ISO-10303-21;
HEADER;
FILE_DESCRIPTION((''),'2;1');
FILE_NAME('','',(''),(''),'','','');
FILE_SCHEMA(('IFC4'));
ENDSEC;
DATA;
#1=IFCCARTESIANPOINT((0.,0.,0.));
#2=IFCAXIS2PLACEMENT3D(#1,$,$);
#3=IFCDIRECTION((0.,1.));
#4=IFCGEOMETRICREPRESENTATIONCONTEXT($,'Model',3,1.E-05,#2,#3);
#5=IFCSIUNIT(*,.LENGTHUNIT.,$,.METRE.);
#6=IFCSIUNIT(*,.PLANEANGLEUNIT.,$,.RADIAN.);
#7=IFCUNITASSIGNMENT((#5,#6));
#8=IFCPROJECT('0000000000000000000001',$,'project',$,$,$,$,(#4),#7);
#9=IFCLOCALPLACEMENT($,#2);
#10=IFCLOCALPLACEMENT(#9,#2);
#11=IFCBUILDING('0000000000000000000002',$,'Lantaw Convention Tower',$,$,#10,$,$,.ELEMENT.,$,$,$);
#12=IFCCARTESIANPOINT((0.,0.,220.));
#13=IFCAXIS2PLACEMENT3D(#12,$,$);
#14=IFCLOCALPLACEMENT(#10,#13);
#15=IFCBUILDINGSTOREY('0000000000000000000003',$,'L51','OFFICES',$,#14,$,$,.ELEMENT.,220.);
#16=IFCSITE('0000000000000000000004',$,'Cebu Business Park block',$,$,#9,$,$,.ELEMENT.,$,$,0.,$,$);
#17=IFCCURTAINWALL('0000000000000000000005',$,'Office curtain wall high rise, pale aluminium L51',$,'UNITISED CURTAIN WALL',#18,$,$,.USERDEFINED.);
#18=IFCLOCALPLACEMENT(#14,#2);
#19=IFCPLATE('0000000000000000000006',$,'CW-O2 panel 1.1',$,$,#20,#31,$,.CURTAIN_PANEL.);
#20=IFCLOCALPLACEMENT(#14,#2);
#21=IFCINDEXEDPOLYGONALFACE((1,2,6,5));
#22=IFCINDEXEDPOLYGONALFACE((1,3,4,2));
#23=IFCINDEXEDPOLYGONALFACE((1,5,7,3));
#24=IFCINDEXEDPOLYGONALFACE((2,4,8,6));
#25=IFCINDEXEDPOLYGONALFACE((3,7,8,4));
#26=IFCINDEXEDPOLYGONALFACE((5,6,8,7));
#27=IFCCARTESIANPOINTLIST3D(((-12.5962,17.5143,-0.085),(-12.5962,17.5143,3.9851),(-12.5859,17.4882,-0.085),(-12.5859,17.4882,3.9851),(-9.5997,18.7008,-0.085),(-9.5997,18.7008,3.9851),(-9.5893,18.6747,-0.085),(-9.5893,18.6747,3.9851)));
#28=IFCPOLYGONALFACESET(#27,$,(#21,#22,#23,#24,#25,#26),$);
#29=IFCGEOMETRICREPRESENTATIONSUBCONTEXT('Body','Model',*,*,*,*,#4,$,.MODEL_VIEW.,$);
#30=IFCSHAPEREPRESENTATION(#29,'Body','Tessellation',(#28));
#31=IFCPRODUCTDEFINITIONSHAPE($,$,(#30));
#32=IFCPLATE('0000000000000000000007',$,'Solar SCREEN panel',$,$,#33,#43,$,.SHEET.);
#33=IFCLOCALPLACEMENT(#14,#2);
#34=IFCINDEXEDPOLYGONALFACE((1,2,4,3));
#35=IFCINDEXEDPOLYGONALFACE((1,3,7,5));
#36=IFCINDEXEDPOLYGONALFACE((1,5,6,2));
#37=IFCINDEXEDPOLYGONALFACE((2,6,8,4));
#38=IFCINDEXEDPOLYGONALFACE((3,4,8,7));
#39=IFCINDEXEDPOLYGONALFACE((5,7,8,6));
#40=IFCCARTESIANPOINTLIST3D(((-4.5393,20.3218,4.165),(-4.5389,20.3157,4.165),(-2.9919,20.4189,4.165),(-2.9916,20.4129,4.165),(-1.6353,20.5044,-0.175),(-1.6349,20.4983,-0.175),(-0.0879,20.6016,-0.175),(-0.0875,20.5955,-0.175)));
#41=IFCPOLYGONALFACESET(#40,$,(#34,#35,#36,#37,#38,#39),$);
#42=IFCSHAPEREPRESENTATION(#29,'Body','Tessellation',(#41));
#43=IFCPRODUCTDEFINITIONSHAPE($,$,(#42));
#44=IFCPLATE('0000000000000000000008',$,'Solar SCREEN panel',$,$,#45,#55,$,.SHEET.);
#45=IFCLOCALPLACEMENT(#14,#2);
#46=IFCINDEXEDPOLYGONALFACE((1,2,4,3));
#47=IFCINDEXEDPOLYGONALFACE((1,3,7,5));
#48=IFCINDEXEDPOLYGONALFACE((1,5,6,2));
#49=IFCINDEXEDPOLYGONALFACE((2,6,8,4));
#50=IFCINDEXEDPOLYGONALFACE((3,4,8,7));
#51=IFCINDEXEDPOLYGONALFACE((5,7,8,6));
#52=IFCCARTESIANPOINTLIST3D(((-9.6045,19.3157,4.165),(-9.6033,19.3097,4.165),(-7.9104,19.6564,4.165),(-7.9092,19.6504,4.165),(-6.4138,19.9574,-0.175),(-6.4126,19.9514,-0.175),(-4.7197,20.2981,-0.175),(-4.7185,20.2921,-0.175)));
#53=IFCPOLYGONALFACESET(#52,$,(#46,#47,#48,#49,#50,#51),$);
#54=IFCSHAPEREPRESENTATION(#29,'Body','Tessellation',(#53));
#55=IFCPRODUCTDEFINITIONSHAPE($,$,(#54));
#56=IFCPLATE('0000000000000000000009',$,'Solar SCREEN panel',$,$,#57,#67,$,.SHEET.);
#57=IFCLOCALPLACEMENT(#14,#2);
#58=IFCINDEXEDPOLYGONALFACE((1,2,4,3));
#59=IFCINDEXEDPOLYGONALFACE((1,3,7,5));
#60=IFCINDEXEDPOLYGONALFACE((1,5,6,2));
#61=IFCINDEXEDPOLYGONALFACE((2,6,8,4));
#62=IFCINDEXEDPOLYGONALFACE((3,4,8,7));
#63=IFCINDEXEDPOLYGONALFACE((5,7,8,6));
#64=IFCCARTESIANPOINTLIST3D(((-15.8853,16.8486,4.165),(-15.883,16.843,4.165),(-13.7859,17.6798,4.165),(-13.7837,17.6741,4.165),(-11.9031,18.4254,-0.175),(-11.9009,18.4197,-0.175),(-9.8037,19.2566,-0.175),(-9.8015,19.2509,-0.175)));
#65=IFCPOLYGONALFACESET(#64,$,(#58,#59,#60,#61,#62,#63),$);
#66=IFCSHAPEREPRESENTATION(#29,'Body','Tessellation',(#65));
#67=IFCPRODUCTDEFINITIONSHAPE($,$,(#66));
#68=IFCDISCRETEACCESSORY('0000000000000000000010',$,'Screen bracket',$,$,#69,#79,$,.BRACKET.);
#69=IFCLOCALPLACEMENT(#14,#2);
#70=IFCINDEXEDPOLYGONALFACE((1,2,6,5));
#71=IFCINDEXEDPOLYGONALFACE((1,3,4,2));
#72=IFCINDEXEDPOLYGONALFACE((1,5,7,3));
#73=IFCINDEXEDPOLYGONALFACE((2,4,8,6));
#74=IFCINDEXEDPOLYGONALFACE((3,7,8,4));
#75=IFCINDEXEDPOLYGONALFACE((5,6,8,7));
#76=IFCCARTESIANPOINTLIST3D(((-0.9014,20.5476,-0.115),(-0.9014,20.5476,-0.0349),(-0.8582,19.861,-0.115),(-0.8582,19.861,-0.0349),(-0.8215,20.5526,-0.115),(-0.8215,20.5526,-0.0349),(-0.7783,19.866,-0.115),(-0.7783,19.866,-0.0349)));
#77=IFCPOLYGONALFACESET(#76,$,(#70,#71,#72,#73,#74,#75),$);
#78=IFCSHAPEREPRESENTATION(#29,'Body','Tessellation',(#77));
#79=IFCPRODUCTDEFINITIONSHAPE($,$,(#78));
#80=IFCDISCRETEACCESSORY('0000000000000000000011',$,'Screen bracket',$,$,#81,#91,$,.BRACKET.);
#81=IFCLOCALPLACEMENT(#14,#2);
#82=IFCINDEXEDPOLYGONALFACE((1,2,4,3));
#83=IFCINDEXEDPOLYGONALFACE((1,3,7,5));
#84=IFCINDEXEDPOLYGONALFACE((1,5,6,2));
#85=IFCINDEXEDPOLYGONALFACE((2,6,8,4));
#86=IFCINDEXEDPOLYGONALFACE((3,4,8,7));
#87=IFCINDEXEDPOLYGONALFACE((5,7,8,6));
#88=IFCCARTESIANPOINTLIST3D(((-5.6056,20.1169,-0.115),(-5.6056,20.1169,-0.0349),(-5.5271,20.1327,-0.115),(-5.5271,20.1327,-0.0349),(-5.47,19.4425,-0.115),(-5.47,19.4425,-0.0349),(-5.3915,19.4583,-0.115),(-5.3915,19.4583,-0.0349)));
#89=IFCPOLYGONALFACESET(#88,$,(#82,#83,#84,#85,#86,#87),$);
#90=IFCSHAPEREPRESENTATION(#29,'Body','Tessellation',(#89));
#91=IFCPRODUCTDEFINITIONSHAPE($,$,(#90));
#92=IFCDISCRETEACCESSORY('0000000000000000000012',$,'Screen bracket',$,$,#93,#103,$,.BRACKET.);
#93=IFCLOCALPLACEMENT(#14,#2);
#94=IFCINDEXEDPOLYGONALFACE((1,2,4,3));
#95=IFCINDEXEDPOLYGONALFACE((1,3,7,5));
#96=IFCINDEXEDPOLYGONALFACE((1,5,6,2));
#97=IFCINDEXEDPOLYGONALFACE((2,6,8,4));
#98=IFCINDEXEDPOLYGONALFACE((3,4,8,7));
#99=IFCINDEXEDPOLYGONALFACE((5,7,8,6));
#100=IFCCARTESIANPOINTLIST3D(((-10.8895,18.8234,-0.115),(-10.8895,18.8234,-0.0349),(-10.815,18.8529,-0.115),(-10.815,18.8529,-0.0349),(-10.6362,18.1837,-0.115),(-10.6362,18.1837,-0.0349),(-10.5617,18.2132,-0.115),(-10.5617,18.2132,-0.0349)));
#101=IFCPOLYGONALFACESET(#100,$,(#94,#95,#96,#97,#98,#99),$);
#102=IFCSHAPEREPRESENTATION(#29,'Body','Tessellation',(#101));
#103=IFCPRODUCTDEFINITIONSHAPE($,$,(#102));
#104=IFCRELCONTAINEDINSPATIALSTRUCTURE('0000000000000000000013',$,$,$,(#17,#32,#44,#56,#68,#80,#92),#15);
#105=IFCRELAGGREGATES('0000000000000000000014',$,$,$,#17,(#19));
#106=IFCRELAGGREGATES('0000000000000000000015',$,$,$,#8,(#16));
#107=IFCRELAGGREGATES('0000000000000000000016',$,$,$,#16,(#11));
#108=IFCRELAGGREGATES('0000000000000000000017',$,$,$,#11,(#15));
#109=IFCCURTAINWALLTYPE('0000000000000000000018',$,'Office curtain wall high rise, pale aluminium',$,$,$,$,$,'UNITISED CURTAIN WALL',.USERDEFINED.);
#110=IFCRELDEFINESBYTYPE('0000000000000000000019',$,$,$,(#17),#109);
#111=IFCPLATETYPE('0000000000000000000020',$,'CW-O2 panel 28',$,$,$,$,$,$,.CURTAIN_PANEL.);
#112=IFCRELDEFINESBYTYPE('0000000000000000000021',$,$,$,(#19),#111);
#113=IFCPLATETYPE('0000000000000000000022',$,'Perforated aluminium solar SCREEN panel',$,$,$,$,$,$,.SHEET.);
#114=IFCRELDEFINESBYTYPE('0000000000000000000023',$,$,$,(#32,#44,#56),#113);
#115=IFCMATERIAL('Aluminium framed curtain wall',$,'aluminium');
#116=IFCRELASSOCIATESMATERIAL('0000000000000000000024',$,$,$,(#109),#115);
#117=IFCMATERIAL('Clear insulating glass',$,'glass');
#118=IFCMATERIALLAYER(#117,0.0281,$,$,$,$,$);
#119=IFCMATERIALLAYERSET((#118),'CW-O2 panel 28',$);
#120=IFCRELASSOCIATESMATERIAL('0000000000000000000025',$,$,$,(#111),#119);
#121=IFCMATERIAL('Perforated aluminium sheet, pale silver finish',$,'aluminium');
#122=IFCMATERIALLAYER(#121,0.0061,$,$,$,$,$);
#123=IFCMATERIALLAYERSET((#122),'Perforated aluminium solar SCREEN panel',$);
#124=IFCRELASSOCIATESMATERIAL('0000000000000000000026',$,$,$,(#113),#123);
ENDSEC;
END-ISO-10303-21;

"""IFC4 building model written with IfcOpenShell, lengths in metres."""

from ifc_helpers import new_model, si_unit, direction, frame, origin, origin_2d, place, context, subcontext, project, spatial, polyline, rectangle, outline, extrude, material, layer, layer_set, type_object, element, aggregate, save


model = new_model("IFC4")

# Units and contexts
model_context = context("Model", 3, precision=1e-05, world=origin(), true_north=direction((0.0, 1.0)))
body_context = subcontext(model_context, "Body", "Model", "MODEL_VIEW")
ifc_project = project(units=[si_unit("LENGTHUNIT", "METRE"), si_unit("PLANEANGLEUNIT", "RADIAN")], contexts=[model_context])

# Site, building, storey
site_placement = place(None, origin())
site = spatial("IfcSite", under=ifc_project, at=site_placement, Name="Cebu Business Park block", CompositionType="ELEMENT", RefElevation=0.0)
building_placement = place(site_placement, origin())
building = spatial("IfcBuilding", under=site, at=building_placement, Name="Lantaw Convention Tower", CompositionType="ELEMENT")
storey_placement = place(building_placement, frame((0.0, 0.0, 220.0)))
storey = spatial("IfcBuildingStorey", under=building, at=storey_placement, Name="L51", Description="OFFICES", CompositionType="ELEMENT", Elevation=220.0)

# Shared definitions
ifc_material_1 = material(Name="Aluminium framed curtain wall", Category="aluminium")
curtain_wall_type = type_object("IfcCurtainWallType", Name="Office curtain wall high rise, pale aluminium", ElementType="UNITISED CURTAIN WALL", PredefinedType="USERDEFINED", material=ifc_material_1)

# Curtain wall
curtain_wall_1_placement = place(storey_placement, origin())
curtain_wall_1 = element("IfcCurtainWall", 1, at=curtain_wall_1_placement, inside=storey, type_object=curtain_wall_type, Name="Office curtain wall high rise, pale aluminium L51", ObjectType="UNITISED CURTAIN WALL", PredefinedType="USERDEFINED")

# Plate
ifc_material_2 = material(Name="Clear insulating glass", Category="glass")
ifc_layer_1 = layer(ifc_material_2, 0.0281)
ifc_layer_set_1 = layer_set([ifc_layer_1], Name="CW-O2 panel 28")
plate_type_1 = type_object("IfcPlateType", Name="CW-O2 panel 28", PredefinedType="CURTAIN_PANEL", material=ifc_layer_set_1)
plate_1_placement = place(storey_placement, frame((-11.0928, 18.0945, -0.085), z_axis=(0.0, 0.0, 1.0), x_axis=(-0.929762, -0.368162, 0.0)))
plate_1 = element("IfcPlate", 2, at=plate_1_placement, type_object=plate_type_1, Name="CW-O2 panel 1.1", PredefinedType="CURTAIN_PANEL", context=body_context, shape_type="SweptSolid", body=[
    extrude(rectangle(XDim=3.2229, YDim=0.0281, at=origin_2d()), origin(), (0.0, 0.0, 1.0), 4.0701),
])
aggregate(curtain_wall_1, [plate_1])

# Plates
ifc_material_3 = material(Name="Perforated aluminium sheet, pale silver finish", Category="aluminium")
ifc_layer_2 = layer(ifc_material_3, 0.0061)
ifc_layer_set_2 = layer_set([ifc_layer_2], Name="Perforated aluminium solar SCREEN panel")
plate_type_2 = type_object("IfcPlateType", Name="Perforated aluminium solar SCREEN panel", PredefinedType="SHEET", material=ifc_layer_set_2)
plate_2_placement = place(storey_placement, frame((-0.0879, 20.6016, -0.175), z_axis=(-0.062672, 0.998034, 0.000059), x_axis=(-0.998034, -0.062672, 0.0)))
element("IfcPlate", 3, at=plate_2_placement, inside=storey, type_object=plate_type_2, Name="Solar SCREEN panel", PredefinedType="SHEET", context=body_context, shape_type="SweptSolid", body=[
    extrude(outline(polyline([(0.0, 0.0), (1.5504, 0.0), (4.4602, 4.3401), (2.9098, 4.3401), (0.0, 0.0)])), origin(), (0.0, 0.0, -1.0), 0.0061),
])
plate_3_placement = place(storey_placement, frame((-4.7197, 20.2981, -0.175), z_axis=(-0.197162, 0.980371, 0.000011), x_axis=(-0.980371, -0.197162, 0.0)))
element("IfcPlate", 4, at=plate_3_placement, inside=storey, type_object=plate_type_2, Name="Solar SCREEN panel", PredefinedType="SHEET", context=body_context, shape_type="SweptSolid", body=[
    extrude(outline(polyline([(0.0, 0.0), (1.728, 0.0), (4.9826, 4.3401), (3.2546, 4.3401), (0.0, 0.0)])), origin(), (0.0, 0.0, -1.0), 0.0061),
])
plate_4_placement = place(storey_placement, frame((-9.8037, 19.2566, -0.175), z_axis=(-0.368117, 0.92978, 0.000036), x_axis=(-0.92978, -0.368117, 0.0)))
element("IfcPlate", 5, at=plate_4_placement, inside=storey, type_object=plate_type_2, Name="Solar SCREEN panel", PredefinedType="SHEET", context=body_context, shape_type="SweptSolid", body=[
    extrude(outline(polyline([(0.0, 0.0), (2.258, 0.0), (6.5409, 4.3401), (4.283, 4.3401), (0.0, 0.0)])), origin(), (0.0, 0.0, -1.0), 0.0061),
])

# Discrete accessories
for number, where, z_axis, x_axis, name in (
    (6, (-0.8398, 20.2068, -0.115), (0.0, 0.0, 1.0), (-0.998029, -0.062758, 0.0), "Screen bracket"),
    (7, (-5.4985, 19.7876, -0.115), (0.0, 0.0, 1.0), (-0.980367, -0.197183, 0.0), "Screen bracket"),
    (8, (-10.7256, 18.5183, -0.115), (0.0, 0.0, 1.0), (-0.929762, -0.368162, 0.0), "Screen bracket"),
):
    element("IfcDiscreteAccessory", number, at=place(storey_placement, frame(where, z_axis=z_axis, x_axis=x_axis)), inside=storey, Name=name, PredefinedType="BRACKET", context=body_context, shape_type="SweptSolid", body=[
        extrude(rectangle(XDim=0.0801, YDim=0.688, at=origin_2d()), origin(), (0.0, 0.0, 1.0), 0.0801),
    ])

save(model, "model.ifc")
